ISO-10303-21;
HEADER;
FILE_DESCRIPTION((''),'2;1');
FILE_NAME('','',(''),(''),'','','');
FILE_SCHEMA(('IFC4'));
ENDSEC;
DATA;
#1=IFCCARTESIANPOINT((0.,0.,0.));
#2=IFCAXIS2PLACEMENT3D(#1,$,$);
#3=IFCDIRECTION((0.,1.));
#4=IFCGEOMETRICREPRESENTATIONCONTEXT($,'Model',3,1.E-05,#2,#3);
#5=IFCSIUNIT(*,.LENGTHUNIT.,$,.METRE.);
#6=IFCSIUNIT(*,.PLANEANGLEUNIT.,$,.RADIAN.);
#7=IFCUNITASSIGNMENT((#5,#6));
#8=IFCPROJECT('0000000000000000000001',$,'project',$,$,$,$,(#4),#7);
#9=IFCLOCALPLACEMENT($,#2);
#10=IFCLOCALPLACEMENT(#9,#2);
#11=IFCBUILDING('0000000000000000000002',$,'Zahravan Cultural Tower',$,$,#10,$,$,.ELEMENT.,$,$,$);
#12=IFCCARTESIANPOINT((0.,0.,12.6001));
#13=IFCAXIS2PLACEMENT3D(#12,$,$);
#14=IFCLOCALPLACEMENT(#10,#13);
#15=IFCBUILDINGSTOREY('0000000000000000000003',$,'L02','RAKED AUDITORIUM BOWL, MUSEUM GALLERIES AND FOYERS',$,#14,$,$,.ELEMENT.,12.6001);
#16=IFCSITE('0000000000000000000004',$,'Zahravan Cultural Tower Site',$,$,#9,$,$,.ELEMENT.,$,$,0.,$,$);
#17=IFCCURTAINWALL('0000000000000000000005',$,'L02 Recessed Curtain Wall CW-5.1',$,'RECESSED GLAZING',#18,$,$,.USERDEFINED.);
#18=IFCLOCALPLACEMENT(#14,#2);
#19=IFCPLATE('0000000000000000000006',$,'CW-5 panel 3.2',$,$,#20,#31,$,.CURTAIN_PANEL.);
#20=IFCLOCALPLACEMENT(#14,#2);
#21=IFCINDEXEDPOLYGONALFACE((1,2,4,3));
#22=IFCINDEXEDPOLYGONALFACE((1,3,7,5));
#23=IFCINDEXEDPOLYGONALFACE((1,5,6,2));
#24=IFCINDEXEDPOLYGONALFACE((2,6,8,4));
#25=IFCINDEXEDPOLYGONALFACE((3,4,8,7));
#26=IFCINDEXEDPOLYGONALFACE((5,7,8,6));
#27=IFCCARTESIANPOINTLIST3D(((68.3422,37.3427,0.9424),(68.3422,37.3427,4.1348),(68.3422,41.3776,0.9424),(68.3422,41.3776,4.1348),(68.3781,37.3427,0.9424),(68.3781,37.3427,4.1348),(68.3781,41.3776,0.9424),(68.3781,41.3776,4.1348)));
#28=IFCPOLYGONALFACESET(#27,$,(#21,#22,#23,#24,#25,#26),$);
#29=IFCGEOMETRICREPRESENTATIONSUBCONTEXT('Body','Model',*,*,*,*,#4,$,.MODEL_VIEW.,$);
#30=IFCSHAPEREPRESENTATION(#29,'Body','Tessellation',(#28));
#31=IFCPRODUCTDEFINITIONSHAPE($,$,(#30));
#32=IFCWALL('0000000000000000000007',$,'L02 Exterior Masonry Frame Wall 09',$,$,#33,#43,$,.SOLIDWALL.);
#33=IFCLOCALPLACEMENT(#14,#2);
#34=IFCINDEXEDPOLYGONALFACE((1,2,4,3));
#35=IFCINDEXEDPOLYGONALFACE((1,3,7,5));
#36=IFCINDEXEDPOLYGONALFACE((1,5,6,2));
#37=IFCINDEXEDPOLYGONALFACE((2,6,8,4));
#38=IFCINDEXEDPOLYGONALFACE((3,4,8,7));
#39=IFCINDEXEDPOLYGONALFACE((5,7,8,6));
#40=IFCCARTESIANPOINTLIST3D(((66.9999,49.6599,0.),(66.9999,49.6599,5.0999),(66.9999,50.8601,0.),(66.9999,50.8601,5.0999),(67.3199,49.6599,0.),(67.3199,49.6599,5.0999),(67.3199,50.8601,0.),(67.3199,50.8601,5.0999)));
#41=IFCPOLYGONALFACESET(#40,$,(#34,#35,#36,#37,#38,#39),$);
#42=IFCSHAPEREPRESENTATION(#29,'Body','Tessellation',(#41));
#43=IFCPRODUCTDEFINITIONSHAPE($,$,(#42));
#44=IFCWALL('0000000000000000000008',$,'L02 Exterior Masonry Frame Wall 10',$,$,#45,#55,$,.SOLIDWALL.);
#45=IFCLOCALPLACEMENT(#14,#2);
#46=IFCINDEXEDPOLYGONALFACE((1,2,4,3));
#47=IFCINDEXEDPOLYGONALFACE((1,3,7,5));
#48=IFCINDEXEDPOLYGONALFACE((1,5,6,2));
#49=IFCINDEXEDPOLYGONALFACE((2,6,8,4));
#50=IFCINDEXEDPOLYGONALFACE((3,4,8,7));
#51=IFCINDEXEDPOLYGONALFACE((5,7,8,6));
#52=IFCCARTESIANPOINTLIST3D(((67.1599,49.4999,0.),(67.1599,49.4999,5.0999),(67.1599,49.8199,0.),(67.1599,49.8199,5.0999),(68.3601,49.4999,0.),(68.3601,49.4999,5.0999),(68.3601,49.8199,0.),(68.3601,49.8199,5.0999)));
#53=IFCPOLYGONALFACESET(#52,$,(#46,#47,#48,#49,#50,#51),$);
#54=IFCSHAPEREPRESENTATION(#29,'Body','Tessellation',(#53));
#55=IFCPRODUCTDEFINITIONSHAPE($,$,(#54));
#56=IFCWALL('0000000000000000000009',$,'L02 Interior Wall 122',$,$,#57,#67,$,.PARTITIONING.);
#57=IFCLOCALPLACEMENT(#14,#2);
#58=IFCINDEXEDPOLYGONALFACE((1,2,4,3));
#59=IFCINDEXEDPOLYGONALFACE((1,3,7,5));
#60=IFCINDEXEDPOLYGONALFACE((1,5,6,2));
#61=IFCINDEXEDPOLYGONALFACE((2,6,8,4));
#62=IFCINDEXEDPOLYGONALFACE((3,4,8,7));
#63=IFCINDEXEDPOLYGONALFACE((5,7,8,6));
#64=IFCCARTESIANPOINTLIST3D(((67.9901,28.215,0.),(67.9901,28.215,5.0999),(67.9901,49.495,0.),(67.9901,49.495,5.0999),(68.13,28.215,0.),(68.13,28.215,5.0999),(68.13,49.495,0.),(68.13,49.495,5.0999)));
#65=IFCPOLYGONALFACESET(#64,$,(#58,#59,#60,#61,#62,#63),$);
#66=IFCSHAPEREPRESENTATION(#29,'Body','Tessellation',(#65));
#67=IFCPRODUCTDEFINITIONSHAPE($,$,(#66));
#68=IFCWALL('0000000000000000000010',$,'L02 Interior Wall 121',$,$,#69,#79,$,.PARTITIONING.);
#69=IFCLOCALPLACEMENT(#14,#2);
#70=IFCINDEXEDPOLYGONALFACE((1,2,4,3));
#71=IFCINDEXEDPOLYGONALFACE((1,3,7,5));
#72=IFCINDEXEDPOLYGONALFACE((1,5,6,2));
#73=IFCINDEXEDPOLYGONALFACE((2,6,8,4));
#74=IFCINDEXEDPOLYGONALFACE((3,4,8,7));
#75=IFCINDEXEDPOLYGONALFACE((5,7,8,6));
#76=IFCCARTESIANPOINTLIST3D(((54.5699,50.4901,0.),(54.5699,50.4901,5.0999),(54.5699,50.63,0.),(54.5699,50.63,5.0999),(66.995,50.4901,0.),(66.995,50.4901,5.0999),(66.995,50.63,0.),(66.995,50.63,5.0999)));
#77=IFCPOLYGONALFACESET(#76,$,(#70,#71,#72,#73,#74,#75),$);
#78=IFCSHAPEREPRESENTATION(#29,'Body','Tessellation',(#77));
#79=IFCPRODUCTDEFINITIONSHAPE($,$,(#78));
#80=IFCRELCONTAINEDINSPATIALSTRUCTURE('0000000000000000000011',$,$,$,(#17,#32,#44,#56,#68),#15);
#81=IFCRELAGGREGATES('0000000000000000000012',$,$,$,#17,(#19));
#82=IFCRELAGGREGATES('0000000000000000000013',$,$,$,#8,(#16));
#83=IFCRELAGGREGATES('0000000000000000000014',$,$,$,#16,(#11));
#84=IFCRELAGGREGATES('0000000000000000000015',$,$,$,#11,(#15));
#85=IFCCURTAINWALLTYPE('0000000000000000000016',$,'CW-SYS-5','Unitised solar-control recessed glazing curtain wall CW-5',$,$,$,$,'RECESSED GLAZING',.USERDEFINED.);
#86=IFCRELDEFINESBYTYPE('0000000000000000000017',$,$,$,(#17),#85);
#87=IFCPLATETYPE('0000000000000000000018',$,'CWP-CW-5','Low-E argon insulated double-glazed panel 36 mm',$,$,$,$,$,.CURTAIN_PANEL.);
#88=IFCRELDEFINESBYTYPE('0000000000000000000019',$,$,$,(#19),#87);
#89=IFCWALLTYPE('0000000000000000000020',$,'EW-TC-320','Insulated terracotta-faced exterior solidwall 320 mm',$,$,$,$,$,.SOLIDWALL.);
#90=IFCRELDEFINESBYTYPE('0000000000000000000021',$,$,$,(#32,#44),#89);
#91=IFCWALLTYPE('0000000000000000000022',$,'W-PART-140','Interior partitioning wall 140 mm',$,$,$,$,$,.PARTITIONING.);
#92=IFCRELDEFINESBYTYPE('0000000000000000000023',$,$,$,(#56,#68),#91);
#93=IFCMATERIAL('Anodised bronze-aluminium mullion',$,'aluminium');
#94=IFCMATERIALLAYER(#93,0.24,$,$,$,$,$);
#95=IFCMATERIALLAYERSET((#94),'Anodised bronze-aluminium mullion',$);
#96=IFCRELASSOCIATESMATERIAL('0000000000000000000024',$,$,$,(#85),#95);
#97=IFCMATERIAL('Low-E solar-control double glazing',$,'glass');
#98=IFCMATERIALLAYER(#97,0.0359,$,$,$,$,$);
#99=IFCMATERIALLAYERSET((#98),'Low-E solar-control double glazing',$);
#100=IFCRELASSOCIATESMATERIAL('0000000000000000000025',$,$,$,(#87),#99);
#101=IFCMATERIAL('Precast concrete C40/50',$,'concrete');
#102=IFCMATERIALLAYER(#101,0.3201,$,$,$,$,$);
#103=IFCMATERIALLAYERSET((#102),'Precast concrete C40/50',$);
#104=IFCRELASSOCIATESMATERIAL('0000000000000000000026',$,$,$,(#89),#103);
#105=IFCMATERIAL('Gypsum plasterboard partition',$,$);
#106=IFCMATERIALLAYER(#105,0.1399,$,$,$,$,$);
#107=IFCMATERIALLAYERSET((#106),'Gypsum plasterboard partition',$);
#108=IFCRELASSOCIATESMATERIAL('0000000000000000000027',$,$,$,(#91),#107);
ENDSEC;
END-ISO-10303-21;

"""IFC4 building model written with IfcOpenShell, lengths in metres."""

from ifc_helpers import new_model, si_unit, direction, frame, frame_2d, origin, origin_2d, place, context, subcontext, project, spatial, rectangle, extrude, source, transform, mapped, material, layer, layer_set, type_object, element, aggregate, save


model = new_model("IFC4")

# Units and contexts
model_context = context("Model", 3, precision=1e-05, world=origin(), true_north=direction((0.0, 1.0)))
body_context = subcontext(model_context, "Body", "Model", "MODEL_VIEW")
ifc_project = project(units=[si_unit("LENGTHUNIT", "METRE"), si_unit("PLANEANGLEUNIT", "RADIAN")], contexts=[model_context])

# Site, building, storey
site_placement = place(None, origin())
site = spatial("IfcSite", under=ifc_project, at=site_placement, Name="Zahravan Cultural Tower Site", CompositionType="ELEMENT", RefElevation=0.0)
building_placement = place(site_placement, origin())
building = spatial("IfcBuilding", under=site, at=building_placement, Name="Zahravan Cultural Tower", CompositionType="ELEMENT")
storey_placement = place(building_placement, frame((0.0, 0.0, 12.6001)))
storey = spatial("IfcBuildingStorey", under=building, at=storey_placement, Name="L02", Description="RAKED AUDITORIUM BOWL, MUSEUM GALLERIES AND FOYERS", CompositionType="ELEMENT", Elevation=12.6001)

# Curtain wall, plate
ifc_material_1 = material(Name="Anodised bronze-aluminium mullion", Category="aluminium")
ifc_layer_1 = layer(ifc_material_1, 0.24)
ifc_layer_set_1 = layer_set([ifc_layer_1], Name="Anodised bronze-aluminium mullion")
curtain_wall_type = type_object("IfcCurtainWallType", Name="CW-SYS-5", Description="Unitised solar-control recessed glazing curtain wall CW-5", ElementType="RECESSED GLAZING", PredefinedType="USERDEFINED", material=ifc_layer_set_1)
curtain_wall_placement = place(storey_placement, origin())
curtain_wall = element("IfcCurtainWall", 1, at=curtain_wall_placement, inside=storey, type_object=curtain_wall_type, Name="L02 Recessed Curtain Wall CW-5.1", ObjectType="RECESSED GLAZING", PredefinedType="USERDEFINED")
ifc_material_2 = material(Name="Low-E solar-control double glazing", Category="glass")
ifc_layer_2 = layer(ifc_material_2, 0.0359)
ifc_layer_set_2 = layer_set([ifc_layer_2], Name="Low-E solar-control double glazing")
plate_type = type_object("IfcPlateType", Name="CWP-CW-5", Description="Low-E argon insulated double-glazed panel 36 mm", PredefinedType="CURTAIN_PANEL", material=ifc_layer_set_2)
shared_shape_1 = source(origin(), body_context, "Body", "SweptSolid", [
    extrude(rectangle(XDim=4.0349, YDim=0.0359, at=origin_2d()), origin(), (0.0, 0.0, 1.0), 3.1924),
])
plate_1_placement = place(storey_placement, frame((68.3601, 39.3601, 0.9424), z_axis=(0.0, 0.0, 1.0), x_axis=(0.0, -1.0, 0.0)))
plate_1 = element("IfcPlate", 2, at=plate_1_placement, type_object=plate_type, Name="CW-5 panel 3.2", PredefinedType="CURTAIN_PANEL", context=body_context, shape_type="MappedRepresentation", body=[
    mapped(shared_shape_1, transform((0.0, 0.0, 0.0), x_axis=(1.0, 0.0, 0.0), y_axis=(0.0, 1.0, 0.0), z_axis=(0.0, 0.0, 1.0), scale=1.0)),
])
aggregate(curtain_wall, [plate_1])

# Walls
ifc_material_3 = material(Name="Precast concrete C40/50", Category="concrete")
ifc_layer_3 = layer(ifc_material_3, 0.3201)
ifc_layer_set_3 = layer_set([ifc_layer_3], Name="Precast concrete C40/50")
wall_type_1 = type_object("IfcWallType", Name="EW-TC-320", Description="Insulated terracotta-faced exterior solidwall 320 mm", PredefinedType="SOLIDWALL", material=ifc_layer_set_3)
shared_shape_2 = source(origin(), body_context, "Body", "SweptSolid", [
    extrude(rectangle(XDim=1.2002, YDim=0.3201, at=frame_2d((0.6001, 0.0))), origin(), (0.0, 0.0, 1.0), 5.0999),
])
for number, where, z_axis, x_axis, name in (
    (3, (67.1599, 50.8601, 0.0), (0.0, 0.0, 1.0), (0.0, -1.0, 0.0), "L02 Exterior Masonry Frame Wall 09"),
    (4, (67.1599, 49.6599, 0.0), (0.0, 0.0, 1.0), (1.0, 0.0, 0.0), "L02 Exterior Masonry Frame Wall 10"),
):
    element("IfcWall", number, at=place(storey_placement, frame(where, z_axis=z_axis, x_axis=x_axis)), inside=storey, type_object=wall_type_1, Name=name, PredefinedType="SOLIDWALL", context=body_context, shape_type="MappedRepresentation", body=[
        mapped(shared_shape_2, transform((0.0, 0.0, 0.0), x_axis=(1.0, 0.0, 0.0), y_axis=(0.0, 1.0, 0.0), z_axis=(0.0, 0.0, 1.0), scale=1.0)),
    ])
ifc_material_4 = material(Name="Gypsum plasterboard partition")
ifc_layer_4 = layer(ifc_material_4, 0.1399)
ifc_layer_set_4 = layer_set([ifc_layer_4], Name="Gypsum plasterboard partition")
wall_type_2 = type_object("IfcWallType", Name="W-PART-140", Description="Interior partitioning wall 140 mm", PredefinedType="PARTITIONING", material=ifc_layer_set_4)
shared_shape_3 = source(origin(), body_context, "Body", "SweptSolid", [
    extrude(rectangle(XDim=21.28, YDim=0.1399, at=frame_2d((10.6401, 0.0))), origin(), (0.0, 0.0, 1.0), 5.0999),
])
wall_1_placement = place(storey_placement, frame((68.0601, 49.4951, 0.0), z_axis=(0.0, 0.0, 1.0), x_axis=(0.0, -1.0, 0.0)))
element("IfcWall", 5, at=wall_1_placement, inside=storey, type_object=wall_type_2, Name="L02 Interior Wall 122", PredefinedType="PARTITIONING", context=body_context, shape_type="MappedRepresentation", body=[
    mapped(shared_shape_3, transform((0.0, 0.0, 0.0), x_axis=(1.0, 0.0, 0.0), y_axis=(0.0, 1.0, 0.0), z_axis=(0.0, 0.0, 1.0), scale=1.0)),
])
shared_shape_4 = source(origin(), body_context, "Body", "SweptSolid", [
    extrude(rectangle(XDim=12.425, YDim=0.1399, at=frame_2d((6.2124, 0.0))), origin(), (0.0, 0.0, 1.0), 5.0999),
])
wall_2_placement = place(storey_placement, frame((54.5701, 50.5601, 0.0), z_axis=(0.0, 0.0, 1.0), x_axis=(1.0, 0.0, 0.0)))
element("IfcWall", 6, at=wall_2_placement, inside=storey, type_object=wall_type_2, Name="L02 Interior Wall 121", PredefinedType="PARTITIONING", context=body_context, shape_type="MappedRepresentation", body=[
    mapped(shared_shape_4, transform((0.0, 0.0, 0.0), x_axis=(1.0, 0.0, 0.0), y_axis=(0.0, 1.0, 0.0), z_axis=(0.0, 0.0, 1.0), scale=1.0)),
])

save(model, "model.ifc")
